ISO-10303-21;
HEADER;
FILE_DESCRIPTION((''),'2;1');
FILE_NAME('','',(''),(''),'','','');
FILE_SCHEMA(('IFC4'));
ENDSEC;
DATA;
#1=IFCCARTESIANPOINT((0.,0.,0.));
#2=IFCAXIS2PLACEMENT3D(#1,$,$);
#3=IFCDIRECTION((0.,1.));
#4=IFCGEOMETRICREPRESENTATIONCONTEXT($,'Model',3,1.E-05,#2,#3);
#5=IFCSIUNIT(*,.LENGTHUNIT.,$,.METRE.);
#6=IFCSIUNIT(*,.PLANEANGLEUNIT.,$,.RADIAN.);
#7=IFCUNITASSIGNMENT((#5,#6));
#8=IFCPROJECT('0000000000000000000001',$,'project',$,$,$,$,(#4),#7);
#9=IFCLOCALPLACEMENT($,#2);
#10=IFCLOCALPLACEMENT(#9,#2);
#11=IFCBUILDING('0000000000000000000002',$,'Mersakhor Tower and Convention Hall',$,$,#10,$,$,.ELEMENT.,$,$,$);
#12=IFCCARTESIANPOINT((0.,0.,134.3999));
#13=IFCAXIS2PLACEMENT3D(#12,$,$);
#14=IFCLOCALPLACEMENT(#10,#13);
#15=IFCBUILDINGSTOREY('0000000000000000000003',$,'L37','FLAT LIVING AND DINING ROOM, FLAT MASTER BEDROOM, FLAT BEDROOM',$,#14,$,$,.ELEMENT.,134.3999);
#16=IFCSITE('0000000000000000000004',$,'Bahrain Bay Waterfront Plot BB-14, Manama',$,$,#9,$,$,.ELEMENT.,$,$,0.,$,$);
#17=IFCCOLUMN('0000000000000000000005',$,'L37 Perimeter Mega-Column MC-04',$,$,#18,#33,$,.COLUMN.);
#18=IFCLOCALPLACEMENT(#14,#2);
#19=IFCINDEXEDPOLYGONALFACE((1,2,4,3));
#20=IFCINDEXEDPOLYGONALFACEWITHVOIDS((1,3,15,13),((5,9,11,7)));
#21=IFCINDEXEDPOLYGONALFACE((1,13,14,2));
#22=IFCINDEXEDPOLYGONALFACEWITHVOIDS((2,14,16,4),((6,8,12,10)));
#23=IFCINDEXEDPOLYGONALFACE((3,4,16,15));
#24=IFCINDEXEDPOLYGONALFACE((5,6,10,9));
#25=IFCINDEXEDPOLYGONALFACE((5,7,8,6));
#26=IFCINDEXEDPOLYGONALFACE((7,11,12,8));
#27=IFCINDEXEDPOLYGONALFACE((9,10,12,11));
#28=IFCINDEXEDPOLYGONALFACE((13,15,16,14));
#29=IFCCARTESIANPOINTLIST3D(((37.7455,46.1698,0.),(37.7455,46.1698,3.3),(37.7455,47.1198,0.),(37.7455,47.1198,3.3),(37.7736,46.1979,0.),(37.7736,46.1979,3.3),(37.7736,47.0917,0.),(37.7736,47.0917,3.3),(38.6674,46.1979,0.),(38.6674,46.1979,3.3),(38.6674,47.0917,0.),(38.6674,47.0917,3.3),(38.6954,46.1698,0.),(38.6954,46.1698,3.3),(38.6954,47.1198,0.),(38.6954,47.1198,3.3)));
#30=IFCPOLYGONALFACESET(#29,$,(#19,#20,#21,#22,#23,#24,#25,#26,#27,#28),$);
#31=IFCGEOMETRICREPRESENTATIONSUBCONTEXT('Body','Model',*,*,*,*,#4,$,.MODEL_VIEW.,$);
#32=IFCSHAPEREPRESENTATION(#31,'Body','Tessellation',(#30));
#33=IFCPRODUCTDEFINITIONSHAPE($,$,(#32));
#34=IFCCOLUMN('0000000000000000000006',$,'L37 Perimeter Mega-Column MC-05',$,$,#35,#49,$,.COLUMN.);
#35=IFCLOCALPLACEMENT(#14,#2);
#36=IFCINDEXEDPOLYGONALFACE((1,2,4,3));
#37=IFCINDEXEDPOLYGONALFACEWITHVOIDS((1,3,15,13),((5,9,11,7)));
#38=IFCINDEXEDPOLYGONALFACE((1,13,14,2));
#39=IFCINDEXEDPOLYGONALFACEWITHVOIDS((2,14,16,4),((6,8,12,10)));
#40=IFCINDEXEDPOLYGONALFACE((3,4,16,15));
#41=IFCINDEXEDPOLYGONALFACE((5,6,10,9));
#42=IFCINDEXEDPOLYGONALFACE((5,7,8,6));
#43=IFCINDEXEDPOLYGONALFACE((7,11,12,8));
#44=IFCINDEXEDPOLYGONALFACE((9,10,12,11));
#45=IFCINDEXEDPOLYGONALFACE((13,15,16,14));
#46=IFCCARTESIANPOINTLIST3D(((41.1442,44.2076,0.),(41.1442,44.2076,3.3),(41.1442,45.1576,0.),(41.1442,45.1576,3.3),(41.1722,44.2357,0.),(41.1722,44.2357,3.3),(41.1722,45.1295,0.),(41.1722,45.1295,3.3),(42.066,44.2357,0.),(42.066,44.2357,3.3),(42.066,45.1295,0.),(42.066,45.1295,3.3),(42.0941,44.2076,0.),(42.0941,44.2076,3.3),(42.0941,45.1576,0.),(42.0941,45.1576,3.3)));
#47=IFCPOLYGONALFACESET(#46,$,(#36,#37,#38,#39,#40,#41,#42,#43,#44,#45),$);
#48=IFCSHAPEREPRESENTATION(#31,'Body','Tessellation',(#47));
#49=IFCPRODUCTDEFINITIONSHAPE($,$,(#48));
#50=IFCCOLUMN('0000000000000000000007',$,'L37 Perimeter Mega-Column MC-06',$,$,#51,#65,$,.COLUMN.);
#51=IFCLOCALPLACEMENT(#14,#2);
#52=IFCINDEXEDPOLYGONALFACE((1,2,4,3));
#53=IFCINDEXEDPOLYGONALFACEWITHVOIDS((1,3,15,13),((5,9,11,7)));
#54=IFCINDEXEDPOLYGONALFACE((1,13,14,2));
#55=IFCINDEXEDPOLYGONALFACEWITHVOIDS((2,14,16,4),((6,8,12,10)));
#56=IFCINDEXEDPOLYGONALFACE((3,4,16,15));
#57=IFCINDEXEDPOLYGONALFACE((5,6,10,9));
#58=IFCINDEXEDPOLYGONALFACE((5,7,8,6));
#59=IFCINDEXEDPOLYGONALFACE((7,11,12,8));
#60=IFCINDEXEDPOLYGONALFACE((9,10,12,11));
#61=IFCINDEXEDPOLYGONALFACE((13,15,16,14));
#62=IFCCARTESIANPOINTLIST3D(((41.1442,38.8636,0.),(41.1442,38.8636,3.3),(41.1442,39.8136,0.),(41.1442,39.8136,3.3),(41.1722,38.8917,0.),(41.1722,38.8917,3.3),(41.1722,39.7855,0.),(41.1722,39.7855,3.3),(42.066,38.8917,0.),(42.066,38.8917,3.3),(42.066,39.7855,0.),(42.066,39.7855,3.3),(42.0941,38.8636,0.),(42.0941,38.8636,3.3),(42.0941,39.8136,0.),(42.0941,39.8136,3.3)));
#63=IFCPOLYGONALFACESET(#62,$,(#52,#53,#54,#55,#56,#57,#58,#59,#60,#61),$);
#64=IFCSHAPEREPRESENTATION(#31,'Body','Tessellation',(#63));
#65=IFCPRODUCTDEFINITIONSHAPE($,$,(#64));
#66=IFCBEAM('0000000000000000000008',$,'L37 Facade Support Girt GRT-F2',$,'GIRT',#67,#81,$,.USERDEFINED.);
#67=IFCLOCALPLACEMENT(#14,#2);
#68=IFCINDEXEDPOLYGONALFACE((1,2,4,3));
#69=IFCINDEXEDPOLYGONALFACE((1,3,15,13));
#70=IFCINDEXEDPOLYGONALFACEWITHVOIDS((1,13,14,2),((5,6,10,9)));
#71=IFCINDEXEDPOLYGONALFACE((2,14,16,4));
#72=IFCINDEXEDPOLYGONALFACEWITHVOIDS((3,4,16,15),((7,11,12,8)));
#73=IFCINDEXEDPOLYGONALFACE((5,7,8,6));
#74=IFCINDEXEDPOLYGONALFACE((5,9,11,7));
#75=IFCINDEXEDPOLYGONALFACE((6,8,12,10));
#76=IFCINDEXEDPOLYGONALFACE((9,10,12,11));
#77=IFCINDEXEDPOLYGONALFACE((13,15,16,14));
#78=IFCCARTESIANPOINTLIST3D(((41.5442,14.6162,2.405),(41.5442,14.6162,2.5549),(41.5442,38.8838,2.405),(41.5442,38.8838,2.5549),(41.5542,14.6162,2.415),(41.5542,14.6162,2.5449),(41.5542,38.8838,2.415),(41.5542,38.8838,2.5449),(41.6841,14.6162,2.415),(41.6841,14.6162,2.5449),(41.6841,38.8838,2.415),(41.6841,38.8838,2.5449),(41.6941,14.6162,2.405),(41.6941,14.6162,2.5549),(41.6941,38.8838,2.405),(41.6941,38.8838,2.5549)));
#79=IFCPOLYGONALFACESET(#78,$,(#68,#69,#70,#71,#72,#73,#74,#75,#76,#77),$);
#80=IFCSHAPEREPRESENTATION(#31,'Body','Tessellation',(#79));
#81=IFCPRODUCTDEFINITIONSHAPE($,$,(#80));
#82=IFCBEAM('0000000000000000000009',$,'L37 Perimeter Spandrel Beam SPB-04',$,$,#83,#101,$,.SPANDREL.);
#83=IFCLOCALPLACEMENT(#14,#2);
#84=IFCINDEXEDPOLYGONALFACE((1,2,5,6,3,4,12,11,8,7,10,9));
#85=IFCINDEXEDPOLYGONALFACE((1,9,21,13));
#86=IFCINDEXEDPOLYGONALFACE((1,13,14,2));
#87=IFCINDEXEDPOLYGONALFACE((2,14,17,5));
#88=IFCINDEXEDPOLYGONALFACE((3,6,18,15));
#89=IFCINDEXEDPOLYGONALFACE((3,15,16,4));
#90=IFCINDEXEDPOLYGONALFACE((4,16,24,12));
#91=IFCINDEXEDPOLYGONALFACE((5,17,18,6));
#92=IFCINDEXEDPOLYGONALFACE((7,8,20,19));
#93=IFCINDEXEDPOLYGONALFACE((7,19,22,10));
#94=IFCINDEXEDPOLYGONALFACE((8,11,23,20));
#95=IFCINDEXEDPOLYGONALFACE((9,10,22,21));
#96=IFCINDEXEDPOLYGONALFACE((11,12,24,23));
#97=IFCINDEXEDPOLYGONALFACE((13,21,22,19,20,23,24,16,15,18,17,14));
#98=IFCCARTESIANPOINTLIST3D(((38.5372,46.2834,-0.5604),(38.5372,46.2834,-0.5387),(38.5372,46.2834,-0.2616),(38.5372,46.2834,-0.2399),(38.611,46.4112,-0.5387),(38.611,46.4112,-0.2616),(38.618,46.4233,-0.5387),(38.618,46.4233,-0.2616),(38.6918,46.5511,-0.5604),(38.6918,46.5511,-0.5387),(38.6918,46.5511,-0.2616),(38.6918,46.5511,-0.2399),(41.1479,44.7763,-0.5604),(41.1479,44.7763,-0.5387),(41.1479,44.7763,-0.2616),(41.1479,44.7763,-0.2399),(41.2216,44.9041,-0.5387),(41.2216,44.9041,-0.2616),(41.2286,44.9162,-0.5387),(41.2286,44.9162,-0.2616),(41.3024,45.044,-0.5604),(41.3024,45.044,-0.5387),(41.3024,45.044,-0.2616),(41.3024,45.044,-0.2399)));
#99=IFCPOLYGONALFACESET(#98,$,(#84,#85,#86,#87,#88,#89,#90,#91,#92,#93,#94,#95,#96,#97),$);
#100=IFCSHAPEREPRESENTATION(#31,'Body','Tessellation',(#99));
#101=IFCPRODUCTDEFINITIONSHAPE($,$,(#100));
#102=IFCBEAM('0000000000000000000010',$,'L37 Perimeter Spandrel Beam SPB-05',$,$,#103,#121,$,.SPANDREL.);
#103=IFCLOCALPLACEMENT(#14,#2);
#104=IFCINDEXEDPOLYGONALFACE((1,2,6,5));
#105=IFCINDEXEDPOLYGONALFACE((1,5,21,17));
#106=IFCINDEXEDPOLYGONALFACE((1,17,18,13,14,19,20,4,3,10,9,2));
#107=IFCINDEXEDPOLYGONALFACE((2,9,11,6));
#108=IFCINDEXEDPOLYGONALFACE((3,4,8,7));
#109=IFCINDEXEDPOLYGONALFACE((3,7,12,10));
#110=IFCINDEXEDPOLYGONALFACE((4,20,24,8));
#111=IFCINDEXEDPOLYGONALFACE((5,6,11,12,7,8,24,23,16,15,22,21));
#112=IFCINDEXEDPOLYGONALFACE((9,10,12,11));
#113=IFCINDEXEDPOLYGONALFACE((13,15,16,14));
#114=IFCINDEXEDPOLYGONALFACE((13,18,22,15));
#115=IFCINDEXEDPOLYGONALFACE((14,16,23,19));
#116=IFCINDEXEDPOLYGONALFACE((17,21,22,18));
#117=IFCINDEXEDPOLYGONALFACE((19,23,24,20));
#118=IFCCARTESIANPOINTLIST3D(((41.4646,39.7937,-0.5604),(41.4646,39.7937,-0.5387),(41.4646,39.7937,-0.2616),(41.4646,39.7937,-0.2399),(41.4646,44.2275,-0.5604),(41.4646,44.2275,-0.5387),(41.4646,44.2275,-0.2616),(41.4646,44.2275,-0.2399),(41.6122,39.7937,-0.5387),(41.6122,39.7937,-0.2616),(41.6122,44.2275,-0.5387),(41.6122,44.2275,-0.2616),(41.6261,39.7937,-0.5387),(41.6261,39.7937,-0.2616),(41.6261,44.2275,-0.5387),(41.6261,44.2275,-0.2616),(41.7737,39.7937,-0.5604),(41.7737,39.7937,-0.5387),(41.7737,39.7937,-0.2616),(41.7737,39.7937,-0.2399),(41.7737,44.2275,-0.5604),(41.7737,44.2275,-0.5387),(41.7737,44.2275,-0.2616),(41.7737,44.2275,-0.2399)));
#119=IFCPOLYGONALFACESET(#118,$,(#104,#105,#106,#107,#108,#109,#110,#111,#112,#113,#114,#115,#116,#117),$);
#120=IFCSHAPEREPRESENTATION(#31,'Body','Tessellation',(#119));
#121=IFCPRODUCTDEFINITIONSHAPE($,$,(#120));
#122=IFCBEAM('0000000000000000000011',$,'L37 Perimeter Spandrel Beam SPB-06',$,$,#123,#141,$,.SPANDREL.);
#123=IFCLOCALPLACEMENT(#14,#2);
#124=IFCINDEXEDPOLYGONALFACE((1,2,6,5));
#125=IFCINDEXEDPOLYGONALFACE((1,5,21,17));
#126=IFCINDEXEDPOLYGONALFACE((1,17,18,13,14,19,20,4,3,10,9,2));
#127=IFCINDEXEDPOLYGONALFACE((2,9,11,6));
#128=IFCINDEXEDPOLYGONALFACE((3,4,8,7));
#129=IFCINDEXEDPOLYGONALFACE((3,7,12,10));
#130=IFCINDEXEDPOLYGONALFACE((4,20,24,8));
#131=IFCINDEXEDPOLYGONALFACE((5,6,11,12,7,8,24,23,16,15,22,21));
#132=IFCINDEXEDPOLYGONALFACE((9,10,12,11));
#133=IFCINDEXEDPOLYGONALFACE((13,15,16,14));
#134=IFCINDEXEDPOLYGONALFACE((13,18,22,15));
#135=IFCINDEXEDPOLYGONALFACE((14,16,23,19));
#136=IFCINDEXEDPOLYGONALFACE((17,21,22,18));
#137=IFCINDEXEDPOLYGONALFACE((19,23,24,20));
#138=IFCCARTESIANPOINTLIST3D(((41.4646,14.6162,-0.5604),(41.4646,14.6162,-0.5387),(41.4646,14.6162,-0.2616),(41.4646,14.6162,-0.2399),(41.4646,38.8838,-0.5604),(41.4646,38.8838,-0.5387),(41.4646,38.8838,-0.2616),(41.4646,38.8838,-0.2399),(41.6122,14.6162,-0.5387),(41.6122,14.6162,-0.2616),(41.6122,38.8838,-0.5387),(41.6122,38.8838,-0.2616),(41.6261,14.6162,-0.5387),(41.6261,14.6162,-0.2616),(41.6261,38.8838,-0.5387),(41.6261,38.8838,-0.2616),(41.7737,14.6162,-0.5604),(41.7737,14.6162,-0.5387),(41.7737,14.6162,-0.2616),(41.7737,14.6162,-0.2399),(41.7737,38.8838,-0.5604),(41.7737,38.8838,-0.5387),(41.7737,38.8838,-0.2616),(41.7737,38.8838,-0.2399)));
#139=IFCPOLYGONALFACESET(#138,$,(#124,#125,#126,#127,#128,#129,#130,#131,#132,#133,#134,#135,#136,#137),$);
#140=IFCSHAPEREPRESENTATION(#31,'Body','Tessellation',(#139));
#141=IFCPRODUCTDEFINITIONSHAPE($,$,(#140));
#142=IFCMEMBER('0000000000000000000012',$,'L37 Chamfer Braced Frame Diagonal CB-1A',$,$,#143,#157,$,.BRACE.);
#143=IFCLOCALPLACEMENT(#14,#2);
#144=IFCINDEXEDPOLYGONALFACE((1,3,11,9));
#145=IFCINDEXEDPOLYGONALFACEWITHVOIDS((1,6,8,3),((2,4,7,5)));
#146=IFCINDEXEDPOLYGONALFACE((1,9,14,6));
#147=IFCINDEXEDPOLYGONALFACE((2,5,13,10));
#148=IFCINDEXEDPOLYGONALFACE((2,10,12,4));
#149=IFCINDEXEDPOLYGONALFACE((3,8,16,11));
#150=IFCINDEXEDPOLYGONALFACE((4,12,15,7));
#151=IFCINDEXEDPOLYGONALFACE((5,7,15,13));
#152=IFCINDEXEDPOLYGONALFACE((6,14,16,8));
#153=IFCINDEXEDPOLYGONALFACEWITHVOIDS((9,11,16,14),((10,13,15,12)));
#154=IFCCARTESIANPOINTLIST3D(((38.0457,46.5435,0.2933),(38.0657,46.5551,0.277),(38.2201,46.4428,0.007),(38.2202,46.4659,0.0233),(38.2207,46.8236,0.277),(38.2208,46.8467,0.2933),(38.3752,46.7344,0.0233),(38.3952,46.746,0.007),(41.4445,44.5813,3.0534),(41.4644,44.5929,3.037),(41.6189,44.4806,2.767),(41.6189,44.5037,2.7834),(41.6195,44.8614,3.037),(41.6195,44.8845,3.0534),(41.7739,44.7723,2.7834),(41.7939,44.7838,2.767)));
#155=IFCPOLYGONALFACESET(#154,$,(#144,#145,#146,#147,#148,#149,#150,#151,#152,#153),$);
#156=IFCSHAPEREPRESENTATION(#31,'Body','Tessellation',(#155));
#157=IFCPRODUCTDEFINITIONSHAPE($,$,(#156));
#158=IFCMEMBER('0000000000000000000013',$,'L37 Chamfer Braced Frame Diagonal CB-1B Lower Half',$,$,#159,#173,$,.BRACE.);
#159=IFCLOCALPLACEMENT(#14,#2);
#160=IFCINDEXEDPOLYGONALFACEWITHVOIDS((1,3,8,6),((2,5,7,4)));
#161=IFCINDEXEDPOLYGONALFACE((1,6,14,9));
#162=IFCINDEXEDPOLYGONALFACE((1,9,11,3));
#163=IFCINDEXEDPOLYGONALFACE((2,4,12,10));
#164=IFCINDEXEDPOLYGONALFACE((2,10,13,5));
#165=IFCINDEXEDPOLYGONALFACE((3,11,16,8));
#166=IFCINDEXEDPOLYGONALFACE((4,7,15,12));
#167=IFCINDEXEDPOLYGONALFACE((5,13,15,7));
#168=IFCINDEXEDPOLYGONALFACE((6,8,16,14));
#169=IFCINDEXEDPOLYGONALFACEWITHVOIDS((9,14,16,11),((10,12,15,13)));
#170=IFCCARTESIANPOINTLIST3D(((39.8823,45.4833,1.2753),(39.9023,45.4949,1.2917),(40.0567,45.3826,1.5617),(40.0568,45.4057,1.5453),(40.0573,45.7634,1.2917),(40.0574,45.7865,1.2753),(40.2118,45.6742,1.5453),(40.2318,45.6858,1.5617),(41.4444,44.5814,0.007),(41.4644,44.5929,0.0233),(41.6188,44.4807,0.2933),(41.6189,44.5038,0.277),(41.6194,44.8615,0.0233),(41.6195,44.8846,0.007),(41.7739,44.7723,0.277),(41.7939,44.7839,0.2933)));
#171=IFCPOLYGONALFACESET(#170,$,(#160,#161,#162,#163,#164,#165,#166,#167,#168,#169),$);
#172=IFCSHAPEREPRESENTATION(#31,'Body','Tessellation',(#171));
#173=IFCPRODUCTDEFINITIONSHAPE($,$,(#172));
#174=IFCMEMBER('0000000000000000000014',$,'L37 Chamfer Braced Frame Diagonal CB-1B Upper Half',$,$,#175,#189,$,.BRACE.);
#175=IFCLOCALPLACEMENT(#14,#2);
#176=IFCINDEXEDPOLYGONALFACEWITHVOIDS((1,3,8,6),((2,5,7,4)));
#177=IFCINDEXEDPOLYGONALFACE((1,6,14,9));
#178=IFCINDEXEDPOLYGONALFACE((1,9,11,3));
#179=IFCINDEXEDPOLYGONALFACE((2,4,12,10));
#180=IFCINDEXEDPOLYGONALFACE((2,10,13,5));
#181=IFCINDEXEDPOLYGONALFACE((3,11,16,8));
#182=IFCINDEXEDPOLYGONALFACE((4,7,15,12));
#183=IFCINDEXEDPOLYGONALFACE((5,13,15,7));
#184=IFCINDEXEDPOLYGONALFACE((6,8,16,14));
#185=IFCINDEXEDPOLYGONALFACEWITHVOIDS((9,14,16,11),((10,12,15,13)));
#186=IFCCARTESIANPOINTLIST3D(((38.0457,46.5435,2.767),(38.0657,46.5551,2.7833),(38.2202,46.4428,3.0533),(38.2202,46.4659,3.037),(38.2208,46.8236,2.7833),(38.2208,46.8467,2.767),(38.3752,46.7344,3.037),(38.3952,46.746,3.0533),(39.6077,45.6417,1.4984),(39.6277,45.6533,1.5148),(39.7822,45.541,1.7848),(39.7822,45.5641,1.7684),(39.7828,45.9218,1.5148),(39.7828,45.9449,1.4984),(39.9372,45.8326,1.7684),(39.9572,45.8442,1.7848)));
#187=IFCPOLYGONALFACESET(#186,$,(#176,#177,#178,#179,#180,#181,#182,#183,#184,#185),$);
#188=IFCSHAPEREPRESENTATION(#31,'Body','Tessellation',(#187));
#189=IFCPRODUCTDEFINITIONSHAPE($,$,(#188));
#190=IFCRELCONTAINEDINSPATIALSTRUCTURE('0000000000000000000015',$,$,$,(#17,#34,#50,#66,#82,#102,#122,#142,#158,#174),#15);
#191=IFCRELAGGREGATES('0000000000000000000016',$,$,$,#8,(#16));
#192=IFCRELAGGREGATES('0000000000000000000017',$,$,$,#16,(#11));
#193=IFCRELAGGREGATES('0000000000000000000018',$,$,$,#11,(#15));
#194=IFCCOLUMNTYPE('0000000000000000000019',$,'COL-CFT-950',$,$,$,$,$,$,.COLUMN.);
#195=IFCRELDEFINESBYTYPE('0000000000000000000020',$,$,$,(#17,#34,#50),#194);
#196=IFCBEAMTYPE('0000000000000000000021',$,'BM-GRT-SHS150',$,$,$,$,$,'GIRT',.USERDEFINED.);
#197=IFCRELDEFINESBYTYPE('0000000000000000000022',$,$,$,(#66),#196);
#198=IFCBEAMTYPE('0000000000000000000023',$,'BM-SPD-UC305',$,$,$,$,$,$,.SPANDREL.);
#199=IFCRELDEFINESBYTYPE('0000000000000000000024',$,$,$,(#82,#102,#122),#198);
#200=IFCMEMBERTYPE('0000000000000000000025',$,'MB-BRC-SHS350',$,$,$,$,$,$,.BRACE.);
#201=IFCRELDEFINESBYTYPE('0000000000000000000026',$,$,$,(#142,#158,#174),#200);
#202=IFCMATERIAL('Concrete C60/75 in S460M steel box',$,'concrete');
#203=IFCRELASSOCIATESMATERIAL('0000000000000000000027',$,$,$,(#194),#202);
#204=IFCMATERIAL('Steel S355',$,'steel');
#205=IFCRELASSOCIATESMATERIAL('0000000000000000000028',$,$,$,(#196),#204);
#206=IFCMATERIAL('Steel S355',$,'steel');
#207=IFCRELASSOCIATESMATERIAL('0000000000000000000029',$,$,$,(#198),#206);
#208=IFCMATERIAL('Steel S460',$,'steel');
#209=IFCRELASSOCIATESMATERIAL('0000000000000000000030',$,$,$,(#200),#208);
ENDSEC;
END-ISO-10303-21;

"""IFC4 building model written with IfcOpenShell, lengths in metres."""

from ifc_helpers import new_model, si_unit, direction, frame, origin, origin_2d, place, context, subcontext, project, spatial, hollow_rectangle, i_section, extrude, material, material_profile, profile_set, type_object, element, save


model = new_model("IFC4")

# Units and contexts
model_context = context("Model", 3, precision=1e-05, world=origin(), true_north=direction((0.0, 1.0)))
body_context = subcontext(model_context, "Body", "Model", "MODEL_VIEW")
ifc_project = project(units=[si_unit("LENGTHUNIT", "METRE"), si_unit("PLANEANGLEUNIT", "RADIAN")], contexts=[model_context])

# Site, building, storey
site_placement = place(None, origin())
site = spatial("IfcSite", under=ifc_project, at=site_placement, Name="Bahrain Bay Waterfront Plot BB-14, Manama", CompositionType="ELEMENT", RefElevation=0.0)
building_placement = place(site_placement, origin())
building = spatial("IfcBuilding", under=site, at=building_placement, Name="Mersakhor Tower and Convention Hall", CompositionType="ELEMENT")
storey_placement = place(building_placement, frame((0.0, 0.0, 134.3999)))
storey = spatial("IfcBuildingStorey", under=building, at=storey_placement, Name="L37", Description="FLAT LIVING AND DINING ROOM, FLAT MASTER BEDROOM, FLAT BEDROOM", CompositionType="ELEMENT", Elevation=134.3999)

# Columns
ifc_material_1 = material(Name="Concrete C60/75 in S460M steel box", Category="concrete")
ifc_material_profile_1 = material_profile(ifc_material_1, hollow_rectangle(XDim=0.95, YDim=0.95, WallThickness=0.0281, at=origin_2d()), Name="SHS 950x950x28")
ifc_profile_set_1 = profile_set([ifc_material_profile_1], Name="Concrete C60/75 in S460M steel box")
column_type = type_object("IfcColumnType", Name="COL-CFT-950", PredefinedType="COLUMN", material=ifc_profile_set_1)
for number, where, z_axis, x_axis, name in (
    (1, (38.2205, 46.6448, 0.0), (0.0, 0.0, 1.0), (1.0, 0.0, 0.0), "L37 Perimeter Mega-Column MC-04"),
    (2, (41.6191, 44.6826, 0.0), (0.0, 0.0, 1.0), (1.0, 0.0, 0.0), "L37 Perimeter Mega-Column MC-05"),
    (3, (41.6191, 39.3386, 0.0), (0.0, 0.0, 1.0), (1.0, 0.0, 0.0), "L37 Perimeter Mega-Column MC-06"),
):
    element("IfcColumn", number, at=place(storey_placement, frame(where, z_axis=z_axis, x_axis=x_axis)), inside=storey, type_object=column_type, Name=name, PredefinedType="COLUMN", context=body_context, shape_type="SweptSolid", body=[
        extrude(hollow_rectangle(XDim=0.95, YDim=0.95, WallThickness=0.0281, at=origin_2d()), origin(), (0.0, 0.0, 1.0), 3.3),
    ])

# Beams
ifc_material_2 = material(Name="Steel S355", Category="steel")
ifc_material_profile_2 = material_profile(ifc_material_2, hollow_rectangle(XDim=0.1499, YDim=0.1499, WallThickness=0.01, at=origin_2d()), Name="SHS 150x150x10")
ifc_profile_set_2 = profile_set([ifc_material_profile_2], Name="Steel S355")
beam_type_1 = type_object("IfcBeamType", Name="BM-GRT-SHS150", ElementType="GIRT", PredefinedType="USERDEFINED", material=ifc_profile_set_2)
beam_1_placement = place(storey_placement, frame((41.6191, 38.8838, 2.48), z_axis=(0.0, -1.0, 0.0), x_axis=(1.0, 0.0, 0.0)))
element("IfcBeam", 4, at=beam_1_placement, inside=storey, type_object=beam_type_1, Name="L37 Facade Support Girt GRT-F2", ObjectType="GIRT", PredefinedType="USERDEFINED", context=body_context, shape_type="SweptSolid", body=[
    extrude(hollow_rectangle(XDim=0.1499, YDim=0.1499, WallThickness=0.01, at=origin_2d()), origin(), (0.0, 0.0, 1.0), 24.2676),
])
ifc_material_3 = material(Name="Steel S355", Category="steel")
ifc_material_profile_3 = material_profile(ifc_material_3, i_section(OverallWidth=0.3091, OverallDepth=0.3206, WebThickness=0.0139, FlangeThickness=0.0217, at=origin_2d()), Name="UC 305x305x137")
ifc_profile_set_3 = profile_set([ifc_material_profile_3], Name="Steel S355")
beam_type_2 = type_object("IfcBeamType", Name="BM-SPD-UC305", PredefinedType="SPANDREL", material=ifc_profile_set_3)
beam_2_placement = place(storey_placement, frame((38.6145, 46.4172, -0.4001), z_axis=(0.866047, -0.499963, 0.0), x_axis=(0.499963, 0.866047, 0.0)))
element("IfcBeam", 5, at=beam_2_placement, inside=storey, type_object=beam_type_2, Name="L37 Perimeter Spandrel Beam SPB-04", PredefinedType="SPANDREL", context=body_context, shape_type="SweptSolid", body=[
    extrude(i_section(OverallWidth=0.3091, OverallDepth=0.3206, WebThickness=0.0139, FlangeThickness=0.0217, at=origin_2d()), origin(), (0.0, 0.0, 1.0), 3.0144),
])
beam_3_placement = place(storey_placement, frame((41.6191, 44.2275, -0.4001), z_axis=(0.0, -1.0, 0.0), x_axis=(1.0, 0.0, 0.0)))
element("IfcBeam", 6, at=beam_3_placement, inside=storey, type_object=beam_type_2, Name="L37 Perimeter Spandrel Beam SPB-05", PredefinedType="SPANDREL", context=body_context, shape_type="SweptSolid", body=[
    extrude(i_section(OverallWidth=0.3091, OverallDepth=0.3206, WebThickness=0.0139, FlangeThickness=0.0217, at=origin_2d()), origin(), (0.0, 0.0, 1.0), 4.4338),
])
beam_4_placement = place(storey_placement, frame((41.6191, 38.8838, -0.4001), z_axis=(0.0, -1.0, 0.0), x_axis=(1.0, 0.0, 0.0)))
element("IfcBeam", 7, at=beam_4_placement, inside=storey, type_object=beam_type_2, Name="L37 Perimeter Spandrel Beam SPB-06", PredefinedType="SPANDREL", context=body_context, shape_type="SweptSolid", body=[
    extrude(i_section(OverallWidth=0.3091, OverallDepth=0.3206, WebThickness=0.0139, FlangeThickness=0.0217, at=origin_2d()), origin(), (0.0, 0.0, 1.0), 24.2676),
])

# Members
ifc_material_4 = material(Name="Steel S460", Category="steel")
ifc_material_profile_4 = material_profile(ifc_material_4, hollow_rectangle(XDim=0.3501, YDim=0.3501, WallThickness=0.02, at=origin_2d()), Name="SHS 350x350x20")
ifc_profile_set_4 = profile_set([ifc_material_profile_4], Name="Steel S460")
member_type = type_object("IfcMemberType", Name="MB-BRC-SHS350", PredefinedType="BRACE", material=ifc_profile_set_4)
member_placement = place(storey_placement, frame((38.2205, 46.6448, 0.1501), z_axis=(0.708385, -0.408972, 0.575267), x_axis=(0.499986, 0.866033, 0.0)))
element("IfcMember", 8, at=member_placement, inside=storey, type_object=member_type, Name="L37 Chamfer Braced Frame Diagonal CB-1A", PredefinedType="BRACE", context=body_context, shape_type="SweptSolid", body=[
    extrude(hollow_rectangle(XDim=0.3501, YDim=0.3501, WallThickness=0.02, at=origin_2d()), origin(), (0.0, 0.0, 1.0), 4.7979),
])
for number, where, z_axis, x_axis, name in (
    (9, (41.6191, 44.6826, 0.1501), (-0.708409, 0.409013, 0.575209), (-0.500011, -0.866019, 0.0), "L37 Chamfer Braced Frame Diagonal CB-1B Lower Half"),
    (10, (39.7825, 45.7429, 1.6416), (-0.708364, 0.408987, 0.575283), (-0.500011, -0.866019, 0.0), "L37 Chamfer Braced Frame Diagonal CB-1B Upper Half"),
):
    element("IfcMember", number, at=place(storey_placement, frame(where, z_axis=z_axis, x_axis=x_axis)), inside=storey, type_object=member_type, Name=name, PredefinedType="BRACE", context=body_context, shape_type="SweptSolid", body=[
        extrude(hollow_rectangle(XDim=0.3501, YDim=0.3501, WallThickness=0.02, at=origin_2d()), origin(), (0.0, 0.0, 1.0), 2.2051),
    ])

save(model, "model.ifc")
